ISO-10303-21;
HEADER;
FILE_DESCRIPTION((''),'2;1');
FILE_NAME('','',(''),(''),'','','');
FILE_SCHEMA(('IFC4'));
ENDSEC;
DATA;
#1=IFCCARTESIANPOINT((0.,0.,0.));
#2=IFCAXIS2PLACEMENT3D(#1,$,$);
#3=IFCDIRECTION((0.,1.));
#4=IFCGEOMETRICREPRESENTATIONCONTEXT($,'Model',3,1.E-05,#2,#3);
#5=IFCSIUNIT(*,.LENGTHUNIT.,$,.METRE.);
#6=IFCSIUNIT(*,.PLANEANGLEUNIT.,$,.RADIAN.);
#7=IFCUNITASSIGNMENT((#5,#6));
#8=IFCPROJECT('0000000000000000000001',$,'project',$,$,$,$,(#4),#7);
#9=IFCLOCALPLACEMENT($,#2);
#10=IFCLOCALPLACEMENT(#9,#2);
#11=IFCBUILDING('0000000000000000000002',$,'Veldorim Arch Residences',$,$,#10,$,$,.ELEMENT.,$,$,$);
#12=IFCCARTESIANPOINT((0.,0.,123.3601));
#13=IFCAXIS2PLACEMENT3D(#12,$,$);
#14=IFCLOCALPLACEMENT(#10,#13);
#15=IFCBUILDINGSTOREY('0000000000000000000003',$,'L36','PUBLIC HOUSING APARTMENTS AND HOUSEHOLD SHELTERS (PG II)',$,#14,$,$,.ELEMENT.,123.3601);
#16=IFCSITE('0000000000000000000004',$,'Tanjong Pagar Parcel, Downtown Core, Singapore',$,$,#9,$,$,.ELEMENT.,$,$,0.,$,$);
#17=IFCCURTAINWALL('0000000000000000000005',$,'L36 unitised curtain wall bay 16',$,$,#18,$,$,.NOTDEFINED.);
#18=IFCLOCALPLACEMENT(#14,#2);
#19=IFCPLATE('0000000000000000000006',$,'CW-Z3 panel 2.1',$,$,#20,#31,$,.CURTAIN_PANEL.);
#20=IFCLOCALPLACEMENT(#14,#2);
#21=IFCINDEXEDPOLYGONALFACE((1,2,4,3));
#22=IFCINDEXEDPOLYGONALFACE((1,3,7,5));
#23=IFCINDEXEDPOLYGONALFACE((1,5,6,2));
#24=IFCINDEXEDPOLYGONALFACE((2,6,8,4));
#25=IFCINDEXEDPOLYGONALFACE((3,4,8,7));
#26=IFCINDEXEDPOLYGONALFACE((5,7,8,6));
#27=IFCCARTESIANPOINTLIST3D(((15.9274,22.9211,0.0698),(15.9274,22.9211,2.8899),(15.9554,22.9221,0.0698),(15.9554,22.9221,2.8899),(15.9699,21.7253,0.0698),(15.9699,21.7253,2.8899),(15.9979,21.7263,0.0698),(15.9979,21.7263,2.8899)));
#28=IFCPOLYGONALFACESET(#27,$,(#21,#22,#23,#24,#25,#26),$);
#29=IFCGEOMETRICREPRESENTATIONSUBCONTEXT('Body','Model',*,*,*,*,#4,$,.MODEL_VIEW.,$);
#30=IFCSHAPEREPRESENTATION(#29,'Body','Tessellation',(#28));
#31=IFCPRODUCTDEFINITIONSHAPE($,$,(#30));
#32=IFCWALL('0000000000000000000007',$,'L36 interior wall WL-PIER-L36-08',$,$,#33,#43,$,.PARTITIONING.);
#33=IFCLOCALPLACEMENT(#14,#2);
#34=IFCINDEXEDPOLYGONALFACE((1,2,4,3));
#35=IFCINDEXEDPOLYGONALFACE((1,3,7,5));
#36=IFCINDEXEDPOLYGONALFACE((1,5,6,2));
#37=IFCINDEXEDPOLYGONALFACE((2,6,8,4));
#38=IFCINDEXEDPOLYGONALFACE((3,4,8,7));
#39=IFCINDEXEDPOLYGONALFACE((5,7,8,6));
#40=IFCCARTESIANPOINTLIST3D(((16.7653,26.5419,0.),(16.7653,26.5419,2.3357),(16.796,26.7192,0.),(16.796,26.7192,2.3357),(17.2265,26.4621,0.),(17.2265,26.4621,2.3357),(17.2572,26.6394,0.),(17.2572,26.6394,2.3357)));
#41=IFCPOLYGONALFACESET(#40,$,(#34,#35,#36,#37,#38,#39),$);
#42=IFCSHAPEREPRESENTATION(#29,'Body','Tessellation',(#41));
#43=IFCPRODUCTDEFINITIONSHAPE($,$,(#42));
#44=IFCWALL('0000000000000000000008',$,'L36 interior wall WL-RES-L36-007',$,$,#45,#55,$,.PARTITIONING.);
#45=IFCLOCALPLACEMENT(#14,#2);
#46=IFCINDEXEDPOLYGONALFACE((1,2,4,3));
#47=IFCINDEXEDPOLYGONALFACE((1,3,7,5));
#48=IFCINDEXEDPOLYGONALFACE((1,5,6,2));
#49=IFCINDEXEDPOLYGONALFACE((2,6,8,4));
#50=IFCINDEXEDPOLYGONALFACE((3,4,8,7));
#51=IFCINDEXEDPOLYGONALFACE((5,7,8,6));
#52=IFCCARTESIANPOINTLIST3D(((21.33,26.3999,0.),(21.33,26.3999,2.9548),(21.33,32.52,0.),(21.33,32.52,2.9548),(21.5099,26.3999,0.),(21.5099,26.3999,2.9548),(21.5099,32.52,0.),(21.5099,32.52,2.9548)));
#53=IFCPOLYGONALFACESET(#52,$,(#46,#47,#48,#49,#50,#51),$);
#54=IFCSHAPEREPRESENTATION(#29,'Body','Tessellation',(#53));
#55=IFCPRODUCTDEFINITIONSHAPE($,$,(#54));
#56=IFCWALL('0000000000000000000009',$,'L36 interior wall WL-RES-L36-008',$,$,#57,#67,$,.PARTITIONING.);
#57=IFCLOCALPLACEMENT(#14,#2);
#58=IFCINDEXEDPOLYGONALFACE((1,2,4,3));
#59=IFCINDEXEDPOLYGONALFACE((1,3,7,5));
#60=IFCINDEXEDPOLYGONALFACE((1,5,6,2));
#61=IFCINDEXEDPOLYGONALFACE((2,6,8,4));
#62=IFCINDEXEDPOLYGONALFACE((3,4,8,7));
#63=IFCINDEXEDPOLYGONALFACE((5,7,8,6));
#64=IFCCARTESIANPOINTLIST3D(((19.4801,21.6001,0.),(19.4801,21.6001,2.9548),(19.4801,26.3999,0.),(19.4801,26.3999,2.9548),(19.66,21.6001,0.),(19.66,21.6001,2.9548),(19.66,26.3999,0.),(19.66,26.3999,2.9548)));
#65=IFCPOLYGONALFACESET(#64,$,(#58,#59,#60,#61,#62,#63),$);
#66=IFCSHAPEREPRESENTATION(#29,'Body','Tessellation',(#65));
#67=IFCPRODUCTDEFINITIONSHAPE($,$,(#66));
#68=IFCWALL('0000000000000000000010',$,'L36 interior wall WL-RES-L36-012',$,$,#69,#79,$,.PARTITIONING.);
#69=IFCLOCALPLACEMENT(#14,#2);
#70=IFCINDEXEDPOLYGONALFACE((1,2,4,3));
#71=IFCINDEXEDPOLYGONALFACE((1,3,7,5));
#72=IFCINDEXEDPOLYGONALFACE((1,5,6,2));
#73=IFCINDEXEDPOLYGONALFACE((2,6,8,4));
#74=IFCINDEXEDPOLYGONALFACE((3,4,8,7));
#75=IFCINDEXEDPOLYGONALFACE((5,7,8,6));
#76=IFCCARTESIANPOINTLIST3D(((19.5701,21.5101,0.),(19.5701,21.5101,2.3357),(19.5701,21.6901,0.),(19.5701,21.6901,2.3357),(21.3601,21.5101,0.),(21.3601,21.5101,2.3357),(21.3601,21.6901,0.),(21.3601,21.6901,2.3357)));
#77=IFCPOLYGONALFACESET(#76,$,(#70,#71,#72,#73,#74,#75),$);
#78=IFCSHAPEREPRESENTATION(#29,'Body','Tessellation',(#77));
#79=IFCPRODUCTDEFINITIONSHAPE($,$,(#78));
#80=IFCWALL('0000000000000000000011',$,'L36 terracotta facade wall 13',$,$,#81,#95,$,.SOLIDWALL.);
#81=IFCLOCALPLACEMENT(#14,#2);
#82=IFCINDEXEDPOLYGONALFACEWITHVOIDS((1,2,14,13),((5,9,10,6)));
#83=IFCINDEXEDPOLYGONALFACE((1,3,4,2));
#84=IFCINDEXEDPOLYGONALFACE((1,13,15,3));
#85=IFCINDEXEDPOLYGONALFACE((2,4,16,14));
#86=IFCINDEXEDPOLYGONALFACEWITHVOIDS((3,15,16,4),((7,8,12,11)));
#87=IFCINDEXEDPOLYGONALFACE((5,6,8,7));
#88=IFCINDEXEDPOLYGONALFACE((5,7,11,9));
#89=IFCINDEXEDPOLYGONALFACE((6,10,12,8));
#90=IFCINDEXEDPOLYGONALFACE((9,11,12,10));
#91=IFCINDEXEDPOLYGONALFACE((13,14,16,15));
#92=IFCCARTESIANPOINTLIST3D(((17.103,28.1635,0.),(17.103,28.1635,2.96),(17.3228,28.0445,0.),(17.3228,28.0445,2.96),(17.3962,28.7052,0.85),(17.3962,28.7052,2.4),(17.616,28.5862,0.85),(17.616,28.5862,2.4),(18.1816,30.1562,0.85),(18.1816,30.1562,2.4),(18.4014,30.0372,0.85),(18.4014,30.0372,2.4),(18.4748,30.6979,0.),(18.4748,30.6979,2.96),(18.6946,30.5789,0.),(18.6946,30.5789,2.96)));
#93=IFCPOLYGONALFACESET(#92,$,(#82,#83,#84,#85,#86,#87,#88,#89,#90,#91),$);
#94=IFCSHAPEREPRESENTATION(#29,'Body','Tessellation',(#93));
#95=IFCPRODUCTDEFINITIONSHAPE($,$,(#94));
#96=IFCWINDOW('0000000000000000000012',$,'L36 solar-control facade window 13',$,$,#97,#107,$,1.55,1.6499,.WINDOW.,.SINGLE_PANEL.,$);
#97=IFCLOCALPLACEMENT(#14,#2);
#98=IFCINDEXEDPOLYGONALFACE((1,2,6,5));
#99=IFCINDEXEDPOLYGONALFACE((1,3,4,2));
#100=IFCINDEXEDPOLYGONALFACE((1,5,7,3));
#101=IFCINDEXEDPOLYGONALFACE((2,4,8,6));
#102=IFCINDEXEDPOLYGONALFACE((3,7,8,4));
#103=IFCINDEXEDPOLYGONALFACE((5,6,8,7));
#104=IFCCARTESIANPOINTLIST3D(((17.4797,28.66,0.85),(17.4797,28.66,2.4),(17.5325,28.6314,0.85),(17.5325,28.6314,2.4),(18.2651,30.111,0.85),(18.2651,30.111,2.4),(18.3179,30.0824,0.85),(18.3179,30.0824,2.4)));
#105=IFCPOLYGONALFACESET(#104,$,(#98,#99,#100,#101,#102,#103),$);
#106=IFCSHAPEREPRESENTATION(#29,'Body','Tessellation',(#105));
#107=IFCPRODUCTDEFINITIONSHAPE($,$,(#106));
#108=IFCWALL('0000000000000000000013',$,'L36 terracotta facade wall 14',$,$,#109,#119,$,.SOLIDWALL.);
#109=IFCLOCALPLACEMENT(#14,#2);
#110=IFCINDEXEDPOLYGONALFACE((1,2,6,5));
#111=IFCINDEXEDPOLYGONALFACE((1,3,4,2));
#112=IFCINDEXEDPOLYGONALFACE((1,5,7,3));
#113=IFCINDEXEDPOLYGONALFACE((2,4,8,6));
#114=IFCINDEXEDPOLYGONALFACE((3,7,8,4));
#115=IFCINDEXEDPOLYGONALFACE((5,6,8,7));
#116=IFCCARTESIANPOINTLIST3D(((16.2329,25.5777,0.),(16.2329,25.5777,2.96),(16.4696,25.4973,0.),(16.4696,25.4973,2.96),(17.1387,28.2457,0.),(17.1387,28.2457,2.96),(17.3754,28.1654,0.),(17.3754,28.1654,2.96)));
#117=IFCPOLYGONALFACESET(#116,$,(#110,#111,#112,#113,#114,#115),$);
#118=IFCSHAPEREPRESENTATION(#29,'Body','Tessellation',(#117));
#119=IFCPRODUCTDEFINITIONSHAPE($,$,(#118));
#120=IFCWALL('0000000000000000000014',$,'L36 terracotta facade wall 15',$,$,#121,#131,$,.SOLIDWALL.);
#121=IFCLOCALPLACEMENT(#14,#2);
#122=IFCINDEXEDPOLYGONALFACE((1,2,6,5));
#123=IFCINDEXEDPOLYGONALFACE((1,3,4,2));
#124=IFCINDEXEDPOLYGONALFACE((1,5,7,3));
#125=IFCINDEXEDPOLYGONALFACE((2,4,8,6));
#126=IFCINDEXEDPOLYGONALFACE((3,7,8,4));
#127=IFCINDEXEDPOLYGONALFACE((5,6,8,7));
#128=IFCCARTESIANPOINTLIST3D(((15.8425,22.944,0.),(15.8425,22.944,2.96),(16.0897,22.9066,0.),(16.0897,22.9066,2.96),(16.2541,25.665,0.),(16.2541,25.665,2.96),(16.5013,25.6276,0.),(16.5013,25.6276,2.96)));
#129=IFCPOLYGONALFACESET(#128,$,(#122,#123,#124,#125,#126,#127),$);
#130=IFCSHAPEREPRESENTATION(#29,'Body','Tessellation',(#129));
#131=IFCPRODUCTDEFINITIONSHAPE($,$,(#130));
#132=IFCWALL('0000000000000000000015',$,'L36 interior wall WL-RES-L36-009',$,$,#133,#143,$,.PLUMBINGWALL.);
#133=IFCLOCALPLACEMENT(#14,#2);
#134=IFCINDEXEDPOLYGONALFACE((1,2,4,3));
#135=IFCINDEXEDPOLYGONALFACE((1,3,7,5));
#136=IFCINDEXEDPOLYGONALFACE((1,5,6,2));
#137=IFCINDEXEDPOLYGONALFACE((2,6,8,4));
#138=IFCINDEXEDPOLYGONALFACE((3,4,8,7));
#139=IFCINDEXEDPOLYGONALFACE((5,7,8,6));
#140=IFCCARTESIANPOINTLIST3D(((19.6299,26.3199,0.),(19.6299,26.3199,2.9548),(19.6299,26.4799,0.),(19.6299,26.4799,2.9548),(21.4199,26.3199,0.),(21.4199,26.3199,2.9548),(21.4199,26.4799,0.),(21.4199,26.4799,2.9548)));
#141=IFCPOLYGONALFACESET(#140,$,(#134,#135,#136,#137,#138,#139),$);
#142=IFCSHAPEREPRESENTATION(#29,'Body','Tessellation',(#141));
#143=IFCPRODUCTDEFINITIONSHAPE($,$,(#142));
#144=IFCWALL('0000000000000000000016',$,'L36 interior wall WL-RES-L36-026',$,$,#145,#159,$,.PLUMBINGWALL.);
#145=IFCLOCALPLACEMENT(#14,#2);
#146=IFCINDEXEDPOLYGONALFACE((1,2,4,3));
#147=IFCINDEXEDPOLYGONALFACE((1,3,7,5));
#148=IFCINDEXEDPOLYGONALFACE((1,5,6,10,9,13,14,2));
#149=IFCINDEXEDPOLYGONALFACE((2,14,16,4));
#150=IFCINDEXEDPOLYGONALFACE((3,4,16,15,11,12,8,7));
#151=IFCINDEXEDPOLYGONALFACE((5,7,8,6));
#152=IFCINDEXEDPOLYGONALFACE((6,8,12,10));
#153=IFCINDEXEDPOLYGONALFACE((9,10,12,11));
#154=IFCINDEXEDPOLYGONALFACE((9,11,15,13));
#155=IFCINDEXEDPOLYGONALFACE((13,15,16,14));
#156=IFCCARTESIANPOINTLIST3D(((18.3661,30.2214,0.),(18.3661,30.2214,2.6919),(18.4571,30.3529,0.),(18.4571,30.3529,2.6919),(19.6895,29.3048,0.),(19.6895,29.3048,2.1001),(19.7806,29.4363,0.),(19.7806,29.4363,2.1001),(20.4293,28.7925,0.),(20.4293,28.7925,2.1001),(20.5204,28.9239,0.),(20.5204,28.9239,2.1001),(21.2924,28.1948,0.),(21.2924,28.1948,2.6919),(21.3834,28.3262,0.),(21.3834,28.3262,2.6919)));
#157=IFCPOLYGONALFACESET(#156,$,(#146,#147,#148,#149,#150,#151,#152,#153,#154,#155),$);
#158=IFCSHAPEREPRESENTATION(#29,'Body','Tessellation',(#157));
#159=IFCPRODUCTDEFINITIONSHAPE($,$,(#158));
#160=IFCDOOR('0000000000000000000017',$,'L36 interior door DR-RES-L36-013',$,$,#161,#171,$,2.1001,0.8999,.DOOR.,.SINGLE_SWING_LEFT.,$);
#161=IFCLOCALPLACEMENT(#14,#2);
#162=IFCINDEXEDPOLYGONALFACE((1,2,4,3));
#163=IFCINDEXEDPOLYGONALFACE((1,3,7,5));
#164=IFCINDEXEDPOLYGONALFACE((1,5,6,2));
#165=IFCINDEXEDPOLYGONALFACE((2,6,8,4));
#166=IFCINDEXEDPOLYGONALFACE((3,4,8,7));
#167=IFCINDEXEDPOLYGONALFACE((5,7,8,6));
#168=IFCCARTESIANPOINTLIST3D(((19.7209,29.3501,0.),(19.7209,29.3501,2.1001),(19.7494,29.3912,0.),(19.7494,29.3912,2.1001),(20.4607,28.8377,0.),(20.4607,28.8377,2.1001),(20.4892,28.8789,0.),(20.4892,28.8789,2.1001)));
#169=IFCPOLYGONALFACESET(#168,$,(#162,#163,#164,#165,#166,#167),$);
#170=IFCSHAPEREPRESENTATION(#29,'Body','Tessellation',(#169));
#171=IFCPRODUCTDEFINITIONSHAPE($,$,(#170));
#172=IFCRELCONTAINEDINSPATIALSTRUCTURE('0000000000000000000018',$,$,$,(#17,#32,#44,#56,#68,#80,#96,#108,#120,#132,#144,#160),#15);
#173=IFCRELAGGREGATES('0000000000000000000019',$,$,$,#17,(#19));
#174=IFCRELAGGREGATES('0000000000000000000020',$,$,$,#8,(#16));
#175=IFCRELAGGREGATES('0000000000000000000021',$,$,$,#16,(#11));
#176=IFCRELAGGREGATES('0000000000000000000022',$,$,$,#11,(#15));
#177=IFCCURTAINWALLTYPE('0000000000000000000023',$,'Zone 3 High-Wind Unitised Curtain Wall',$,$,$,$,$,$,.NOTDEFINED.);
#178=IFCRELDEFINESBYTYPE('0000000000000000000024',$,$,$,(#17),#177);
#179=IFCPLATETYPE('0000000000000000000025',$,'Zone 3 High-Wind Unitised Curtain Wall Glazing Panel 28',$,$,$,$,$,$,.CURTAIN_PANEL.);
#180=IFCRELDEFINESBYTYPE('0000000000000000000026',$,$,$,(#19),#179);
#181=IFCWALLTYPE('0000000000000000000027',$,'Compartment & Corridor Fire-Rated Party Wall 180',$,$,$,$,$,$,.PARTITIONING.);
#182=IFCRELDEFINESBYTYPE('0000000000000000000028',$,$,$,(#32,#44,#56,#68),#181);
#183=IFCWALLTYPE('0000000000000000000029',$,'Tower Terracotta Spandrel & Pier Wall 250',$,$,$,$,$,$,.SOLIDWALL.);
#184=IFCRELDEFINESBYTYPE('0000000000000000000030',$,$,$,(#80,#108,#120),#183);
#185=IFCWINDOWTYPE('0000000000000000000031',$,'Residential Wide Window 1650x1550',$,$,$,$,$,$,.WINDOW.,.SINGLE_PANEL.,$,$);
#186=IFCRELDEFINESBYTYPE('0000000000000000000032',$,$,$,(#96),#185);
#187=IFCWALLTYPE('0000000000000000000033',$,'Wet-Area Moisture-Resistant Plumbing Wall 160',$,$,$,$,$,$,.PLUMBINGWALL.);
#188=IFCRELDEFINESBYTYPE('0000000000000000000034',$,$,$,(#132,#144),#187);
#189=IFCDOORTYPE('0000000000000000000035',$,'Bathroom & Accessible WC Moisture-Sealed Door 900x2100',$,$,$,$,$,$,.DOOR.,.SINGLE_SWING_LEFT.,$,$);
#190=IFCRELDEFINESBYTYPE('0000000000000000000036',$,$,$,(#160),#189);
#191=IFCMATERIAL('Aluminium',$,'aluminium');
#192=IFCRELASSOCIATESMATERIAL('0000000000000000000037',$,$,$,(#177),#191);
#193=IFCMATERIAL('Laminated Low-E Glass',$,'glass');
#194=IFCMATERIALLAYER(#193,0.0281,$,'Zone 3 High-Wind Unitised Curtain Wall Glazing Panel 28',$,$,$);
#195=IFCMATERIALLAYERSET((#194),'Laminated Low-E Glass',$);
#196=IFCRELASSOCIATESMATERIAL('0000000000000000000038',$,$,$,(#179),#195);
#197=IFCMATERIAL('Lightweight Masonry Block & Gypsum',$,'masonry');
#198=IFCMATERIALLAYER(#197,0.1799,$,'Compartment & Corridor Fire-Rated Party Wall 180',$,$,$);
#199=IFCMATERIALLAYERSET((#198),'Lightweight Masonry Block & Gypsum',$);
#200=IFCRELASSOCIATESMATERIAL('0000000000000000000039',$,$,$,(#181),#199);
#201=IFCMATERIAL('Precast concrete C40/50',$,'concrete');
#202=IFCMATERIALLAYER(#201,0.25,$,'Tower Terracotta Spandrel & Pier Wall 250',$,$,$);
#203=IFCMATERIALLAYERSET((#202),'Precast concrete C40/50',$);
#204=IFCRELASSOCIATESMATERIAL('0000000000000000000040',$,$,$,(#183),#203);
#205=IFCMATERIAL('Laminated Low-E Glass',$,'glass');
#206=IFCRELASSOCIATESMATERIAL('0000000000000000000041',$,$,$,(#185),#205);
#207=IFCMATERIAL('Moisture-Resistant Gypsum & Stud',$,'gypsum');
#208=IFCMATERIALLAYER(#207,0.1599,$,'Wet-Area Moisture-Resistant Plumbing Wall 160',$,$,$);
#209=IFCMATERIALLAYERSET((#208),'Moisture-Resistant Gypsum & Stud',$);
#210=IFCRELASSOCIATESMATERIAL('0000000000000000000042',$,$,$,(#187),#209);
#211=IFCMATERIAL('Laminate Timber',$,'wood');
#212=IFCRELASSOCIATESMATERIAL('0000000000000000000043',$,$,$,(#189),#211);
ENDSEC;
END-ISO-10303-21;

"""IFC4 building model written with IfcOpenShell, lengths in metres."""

from ifc_helpers import new_model, si_unit, direction, frame, frame_2d, origin, origin_2d, place, context, subcontext, project, spatial, rectangle, extrude, material, layer, layer_set, type_object, element, fill, aggregate, save


model = new_model("IFC4")

# Units and contexts
model_context = context("Model", 3, precision=1e-05, world=origin(), true_north=direction((0.0, 1.0)))
body_context = subcontext(model_context, "Body", "Model", "MODEL_VIEW")
ifc_project = project(units=[si_unit("LENGTHUNIT", "METRE"), si_unit("PLANEANGLEUNIT", "RADIAN")], contexts=[model_context])

# Site, building, storey
site_placement = place(None, origin())
site = spatial("IfcSite", under=ifc_project, at=site_placement, Name="Tanjong Pagar Parcel, Downtown Core, Singapore", CompositionType="ELEMENT", RefElevation=0.0)
building_placement = place(site_placement, origin())
building = spatial("IfcBuilding", under=site, at=building_placement, Name="Veldorim Arch Residences", CompositionType="ELEMENT")
storey_placement = place(building_placement, frame((0.0, 0.0, 123.3601)))
storey = spatial("IfcBuildingStorey", under=building, at=storey_placement, Name="L36", Description="PUBLIC HOUSING APARTMENTS AND HOUSEHOLD SHELTERS (PG II)", CompositionType="ELEMENT", Elevation=123.3601)

# Curtain wall, plate
ifc_material_1 = material(Name="Aluminium", Category="aluminium")
curtain_wall_type = type_object("IfcCurtainWallType", Name="Zone 3 High-Wind Unitised Curtain Wall", PredefinedType="NOTDEFINED", material=ifc_material_1)
curtain_wall_placement = place(storey_placement, origin())
curtain_wall = element("IfcCurtainWall", 1, at=curtain_wall_placement, inside=storey, type_object=curtain_wall_type, Name="L36 unitised curtain wall bay 16", PredefinedType="NOTDEFINED")
ifc_material_2 = material(Name="Laminated Low-E Glass", Category="glass")
ifc_layer_1 = layer(ifc_material_2, 0.0281, Name="Zone 3 High-Wind Unitised Curtain Wall Glazing Panel 28")
ifc_layer_set_1 = layer_set([ifc_layer_1], Name="Laminated Low-E Glass")
plate_type = type_object("IfcPlateType", Name="Zone 3 High-Wind Unitised Curtain Wall Glazing Panel 28", PredefinedType="CURTAIN_PANEL", material=ifc_layer_set_1)
plate_placement = place(storey_placement, frame((15.9626, 22.3237, 0.0698), z_axis=(0.0, 0.0, 1.0), x_axis=(-0.035498, 0.99937, 0.0)))
plate = element("IfcPlate", 2, at=plate_placement, type_object=plate_type, Name="CW-Z3 panel 2.1", PredefinedType="CURTAIN_PANEL", context=body_context, shape_type="SweptSolid", body=[
    extrude(rectangle(XDim=1.1965, YDim=0.0281, at=origin_2d()), origin(), (0.0, 0.0, 1.0), 2.8201),
])
aggregate(curtain_wall, [plate])

# Walls
ifc_material_3 = material(Name="Lightweight Masonry Block & Gypsum", Category="masonry")
ifc_layer_2 = layer(ifc_material_3, 0.1799, Name="Compartment & Corridor Fire-Rated Party Wall 180")
ifc_layer_set_2 = layer_set([ifc_layer_2], Name="Lightweight Masonry Block & Gypsum")
wall_type_1 = type_object("IfcWallType", Name="Compartment & Corridor Fire-Rated Party Wall 180", PredefinedType="PARTITIONING", material=ifc_layer_set_2)
wall_1_placement = place(storey_placement, frame((17.2417, 26.5508, 0.0), z_axis=(0.0, 0.0, 1.0), x_axis=(-0.985345, 0.170571, 0.0)))
element("IfcWall", 3, at=wall_1_placement, inside=storey, type_object=wall_type_1, Name="L36 interior wall WL-PIER-L36-08", PredefinedType="PARTITIONING", context=body_context, shape_type="SweptSolid", body=[
    extrude(rectangle(XDim=0.468, YDim=0.1799, at=frame_2d((0.2339, 0.0))), origin(), (0.0, 0.0, 1.0), 2.3357),
])
wall_2_placement = place(storey_placement, frame((21.4199, 26.3999, 0.0), z_axis=(0.0, 0.0, 1.0), x_axis=(0.0, 1.0, 0.0)))
element("IfcWall", 4, at=wall_2_placement, inside=storey, type_object=wall_type_1, Name="L36 interior wall WL-RES-L36-007", PredefinedType="PARTITIONING", context=body_context, shape_type="SweptSolid", body=[
    extrude(rectangle(XDim=6.1201, YDim=0.1799, at=frame_2d((3.0601, 0.0))), origin(), (0.0, 0.0, 1.0), 2.9548),
])
wall_3_placement = place(storey_placement, frame((19.5701, 21.6001, 0.0), z_axis=(0.0, 0.0, 1.0), x_axis=(0.0, 1.0, 0.0)))
element("IfcWall", 5, at=wall_3_placement, inside=storey, type_object=wall_type_1, Name="L36 interior wall WL-RES-L36-008", PredefinedType="PARTITIONING", context=body_context, shape_type="SweptSolid", body=[
    extrude(rectangle(XDim=4.7998, YDim=0.1799, at=frame_2d((2.3999, 0.0))), origin(), (0.0, 0.0, 1.0), 2.9548),
])
wall_4_placement = place(storey_placement, frame((21.3601, 21.6001, 0.0), z_axis=(0.0, 0.0, 1.0), x_axis=(-1.0, 0.0, 0.0)))
element("IfcWall", 6, at=wall_4_placement, inside=storey, type_object=wall_type_1, Name="L36 interior wall WL-RES-L36-012", PredefinedType="PARTITIONING", context=body_context, shape_type="SweptSolid", body=[
    extrude(rectangle(XDim=1.79, YDim=0.1799, at=frame_2d((0.895, 0.0))), origin(), (0.0, 0.0, 1.0), 2.3357),
])

# Wall, opening, window
ifc_material_4 = material(Name="Precast concrete C40/50", Category="concrete")
ifc_layer_3 = layer(ifc_material_4, 0.25, Name="Tower Terracotta Spandrel & Pier Wall 250")
ifc_layer_set_3 = layer_set([ifc_layer_3], Name="Precast concrete C40/50")
wall_type_2 = type_object("IfcWallType", Name="Tower Terracotta Spandrel & Pier Wall 250", PredefinedType="SOLIDWALL", material=ifc_layer_set_3)
wall_5_placement = place(storey_placement, frame((17.2129, 28.104, 0.0), z_axis=(0.0, 0.0, 1.0), x_axis=(0.476018, 0.879435, 0.0)))
wall_5 = element("IfcWall", 7, at=wall_5_placement, inside=storey, type_object=wall_type_2, Name="L36 terracotta facade wall 13", PredefinedType="SOLIDWALL", context=body_context, shape_type="SweptSolid", body=[
    extrude(rectangle(XDim=2.8818, YDim=0.25, at=frame_2d((1.4409, 0.0))), origin(), (0.0, 0.0, 1.0), 2.96),
])
opening_1_placement = place(wall_5_placement, frame((0.616, 0.0, 0.8501)))
opening_1 = element("IfcOpeningElement", 8, at=opening_1_placement, cuts=wall_5, PredefinedType="OPENING", context=body_context, shape_type="SweptSolid", body=[
    extrude(rectangle(XDim=1.6499, YDim=1.55, at=frame_2d((0.825, 0.7749))), frame((0.0, 0.135, 0.0), z_axis=(0.0, -1.0, 0.0), x_axis=(1.0, 0.0, 0.0)), (0.0, 0.0, 1.0), 0.27),
])
ifc_material_5 = material(Name="Laminated Low-E Glass", Category="glass")
window_type = type_object("IfcWindowType", Name="Residential Wide Window 1650x1550", PartitioningType="SINGLE_PANEL", PredefinedType="WINDOW", material=ifc_material_5)
window_placement = place(opening_1_placement, origin())
window = element("IfcWindow", 9, at=window_placement, inside=storey, type_object=window_type, Name="L36 solar-control facade window 13", OverallHeight=1.55, OverallWidth=1.6499, PartitioningType="SINGLE_PANEL", PredefinedType="WINDOW", context=body_context, shape_type="SweptSolid", body=[
    extrude(rectangle(XDim=1.6499, YDim=1.55, at=frame_2d((0.825, 0.7749))), frame((0.0, 0.03, 0.0), z_axis=(0.0, -1.0, 0.0), x_axis=(1.0, 0.0, 0.0)), (0.0, 0.0, 1.0), 0.0601),
])
fill(opening_1, window)

# Walls
wall_6_placement = place(storey_placement, frame((16.3513, 25.5376, 0.0), z_axis=(0.0, 0.0, 1.0), x_axis=(0.321474, 0.946918, 0.0)))
element("IfcWall", 10, at=wall_6_placement, inside=storey, type_object=wall_type_2, Name="L36 terracotta facade wall 14", PredefinedType="SOLIDWALL", context=body_context, shape_type="SweptSolid", body=[
    extrude(rectangle(XDim=2.8176, YDim=0.25, at=frame_2d((1.4087, 0.0))), origin(), (0.0, 0.0, 1.0), 2.96),
])
wall_7_placement = place(storey_placement, frame((15.9661, 22.9253, 0.0), z_axis=(0.0, 0.0, 1.0), x_axis=(0.149577, 0.98875, 0.0)))
element("IfcWall", 11, at=wall_7_placement, inside=storey, type_object=wall_type_2, Name="L36 terracotta facade wall 15", PredefinedType="SOLIDWALL", context=body_context, shape_type="SweptSolid", body=[
    extrude(rectangle(XDim=2.752, YDim=0.25, at=frame_2d((1.376, 0.0))), origin(), (0.0, 0.0, 1.0), 2.96),
])
ifc_material_6 = material(Name="Moisture-Resistant Gypsum & Stud", Category="gypsum")
ifc_layer_4 = layer(ifc_material_6, 0.1599, Name="Wet-Area Moisture-Resistant Plumbing Wall 160")
ifc_layer_set_4 = layer_set([ifc_layer_4], Name="Moisture-Resistant Gypsum & Stud")
wall_type_3 = type_object("IfcWallType", Name="Wet-Area Moisture-Resistant Plumbing Wall 160", PredefinedType="PLUMBINGWALL", material=ifc_layer_set_4)
wall_8_placement = place(storey_placement, frame((19.6299, 26.3999, 0.0), z_axis=(0.0, 0.0, 1.0), x_axis=(1.0, 0.0, 0.0)))
element("IfcWall", 12, at=wall_8_placement, inside=storey, type_object=wall_type_3, Name="L36 interior wall WL-RES-L36-009", PredefinedType="PLUMBINGWALL", context=body_context, shape_type="SweptSolid", body=[
    extrude(rectangle(XDim=1.79, YDim=0.1599, at=frame_2d((0.895, 0.0))), origin(), (0.0, 0.0, 1.0), 2.9548),
])

# Wall, opening, door
wall_9_placement = place(storey_placement, frame((21.3379, 28.2605, 0.0), z_axis=(0.0, 0.0, 1.0), x_axis=(-0.822096, 0.569349, 0.0)))
wall_9 = element("IfcWall", 13, at=wall_9_placement, inside=storey, type_object=wall_type_3, Name="L36 interior wall WL-RES-L36-026", PredefinedType="PLUMBINGWALL", context=body_context, shape_type="SweptSolid", body=[
    extrude(rectangle(XDim=3.5596, YDim=0.1599, at=frame_2d((1.7798, 0.0))), origin(), (0.0, 0.0, 1.0), 2.6919),
])
opening_2_placement = place(wall_9_placement, frame((1.0498, 0.0, 0.0)))
opening_2 = element("IfcOpeningElement", 14, at=opening_2_placement, cuts=wall_9, PredefinedType="OPENING", context=body_context, shape_type="SweptSolid", body=[
    extrude(rectangle(XDim=0.8999, YDim=2.1001, at=frame_2d((0.45, 1.05))), frame((0.0, 0.0898, 0.0), z_axis=(0.0, -1.0, 0.0), x_axis=(1.0, 0.0, 0.0)), (0.0, 0.0, 1.0), 0.1799),
])
ifc_material_7 = material(Name="Laminate Timber", Category="wood")
door_type = type_object("IfcDoorType", Name="Bathroom & Accessible WC Moisture-Sealed Door 900x2100", OperationType="SINGLE_SWING_LEFT", PredefinedType="DOOR", material=ifc_material_7)
door_placement = place(opening_2_placement, origin())
door = element("IfcDoor", 15, at=door_placement, inside=storey, type_object=door_type, Name="L36 interior door DR-RES-L36-013", OperationType="SINGLE_SWING_LEFT", OverallHeight=2.1001, OverallWidth=0.8999, PredefinedType="DOOR", context=body_context, shape_type="SweptSolid", body=[
    extrude(rectangle(XDim=0.8999, YDim=2.1001, at=frame_2d((0.45, 1.05))), frame((0.0, 0.0249, 0.0), z_axis=(0.0, -1.0, 0.0), x_axis=(1.0, 0.0, 0.0)), (0.0, 0.0, 1.0), 0.05),
])
fill(opening_2, door)

save(model, "model.ifc")
